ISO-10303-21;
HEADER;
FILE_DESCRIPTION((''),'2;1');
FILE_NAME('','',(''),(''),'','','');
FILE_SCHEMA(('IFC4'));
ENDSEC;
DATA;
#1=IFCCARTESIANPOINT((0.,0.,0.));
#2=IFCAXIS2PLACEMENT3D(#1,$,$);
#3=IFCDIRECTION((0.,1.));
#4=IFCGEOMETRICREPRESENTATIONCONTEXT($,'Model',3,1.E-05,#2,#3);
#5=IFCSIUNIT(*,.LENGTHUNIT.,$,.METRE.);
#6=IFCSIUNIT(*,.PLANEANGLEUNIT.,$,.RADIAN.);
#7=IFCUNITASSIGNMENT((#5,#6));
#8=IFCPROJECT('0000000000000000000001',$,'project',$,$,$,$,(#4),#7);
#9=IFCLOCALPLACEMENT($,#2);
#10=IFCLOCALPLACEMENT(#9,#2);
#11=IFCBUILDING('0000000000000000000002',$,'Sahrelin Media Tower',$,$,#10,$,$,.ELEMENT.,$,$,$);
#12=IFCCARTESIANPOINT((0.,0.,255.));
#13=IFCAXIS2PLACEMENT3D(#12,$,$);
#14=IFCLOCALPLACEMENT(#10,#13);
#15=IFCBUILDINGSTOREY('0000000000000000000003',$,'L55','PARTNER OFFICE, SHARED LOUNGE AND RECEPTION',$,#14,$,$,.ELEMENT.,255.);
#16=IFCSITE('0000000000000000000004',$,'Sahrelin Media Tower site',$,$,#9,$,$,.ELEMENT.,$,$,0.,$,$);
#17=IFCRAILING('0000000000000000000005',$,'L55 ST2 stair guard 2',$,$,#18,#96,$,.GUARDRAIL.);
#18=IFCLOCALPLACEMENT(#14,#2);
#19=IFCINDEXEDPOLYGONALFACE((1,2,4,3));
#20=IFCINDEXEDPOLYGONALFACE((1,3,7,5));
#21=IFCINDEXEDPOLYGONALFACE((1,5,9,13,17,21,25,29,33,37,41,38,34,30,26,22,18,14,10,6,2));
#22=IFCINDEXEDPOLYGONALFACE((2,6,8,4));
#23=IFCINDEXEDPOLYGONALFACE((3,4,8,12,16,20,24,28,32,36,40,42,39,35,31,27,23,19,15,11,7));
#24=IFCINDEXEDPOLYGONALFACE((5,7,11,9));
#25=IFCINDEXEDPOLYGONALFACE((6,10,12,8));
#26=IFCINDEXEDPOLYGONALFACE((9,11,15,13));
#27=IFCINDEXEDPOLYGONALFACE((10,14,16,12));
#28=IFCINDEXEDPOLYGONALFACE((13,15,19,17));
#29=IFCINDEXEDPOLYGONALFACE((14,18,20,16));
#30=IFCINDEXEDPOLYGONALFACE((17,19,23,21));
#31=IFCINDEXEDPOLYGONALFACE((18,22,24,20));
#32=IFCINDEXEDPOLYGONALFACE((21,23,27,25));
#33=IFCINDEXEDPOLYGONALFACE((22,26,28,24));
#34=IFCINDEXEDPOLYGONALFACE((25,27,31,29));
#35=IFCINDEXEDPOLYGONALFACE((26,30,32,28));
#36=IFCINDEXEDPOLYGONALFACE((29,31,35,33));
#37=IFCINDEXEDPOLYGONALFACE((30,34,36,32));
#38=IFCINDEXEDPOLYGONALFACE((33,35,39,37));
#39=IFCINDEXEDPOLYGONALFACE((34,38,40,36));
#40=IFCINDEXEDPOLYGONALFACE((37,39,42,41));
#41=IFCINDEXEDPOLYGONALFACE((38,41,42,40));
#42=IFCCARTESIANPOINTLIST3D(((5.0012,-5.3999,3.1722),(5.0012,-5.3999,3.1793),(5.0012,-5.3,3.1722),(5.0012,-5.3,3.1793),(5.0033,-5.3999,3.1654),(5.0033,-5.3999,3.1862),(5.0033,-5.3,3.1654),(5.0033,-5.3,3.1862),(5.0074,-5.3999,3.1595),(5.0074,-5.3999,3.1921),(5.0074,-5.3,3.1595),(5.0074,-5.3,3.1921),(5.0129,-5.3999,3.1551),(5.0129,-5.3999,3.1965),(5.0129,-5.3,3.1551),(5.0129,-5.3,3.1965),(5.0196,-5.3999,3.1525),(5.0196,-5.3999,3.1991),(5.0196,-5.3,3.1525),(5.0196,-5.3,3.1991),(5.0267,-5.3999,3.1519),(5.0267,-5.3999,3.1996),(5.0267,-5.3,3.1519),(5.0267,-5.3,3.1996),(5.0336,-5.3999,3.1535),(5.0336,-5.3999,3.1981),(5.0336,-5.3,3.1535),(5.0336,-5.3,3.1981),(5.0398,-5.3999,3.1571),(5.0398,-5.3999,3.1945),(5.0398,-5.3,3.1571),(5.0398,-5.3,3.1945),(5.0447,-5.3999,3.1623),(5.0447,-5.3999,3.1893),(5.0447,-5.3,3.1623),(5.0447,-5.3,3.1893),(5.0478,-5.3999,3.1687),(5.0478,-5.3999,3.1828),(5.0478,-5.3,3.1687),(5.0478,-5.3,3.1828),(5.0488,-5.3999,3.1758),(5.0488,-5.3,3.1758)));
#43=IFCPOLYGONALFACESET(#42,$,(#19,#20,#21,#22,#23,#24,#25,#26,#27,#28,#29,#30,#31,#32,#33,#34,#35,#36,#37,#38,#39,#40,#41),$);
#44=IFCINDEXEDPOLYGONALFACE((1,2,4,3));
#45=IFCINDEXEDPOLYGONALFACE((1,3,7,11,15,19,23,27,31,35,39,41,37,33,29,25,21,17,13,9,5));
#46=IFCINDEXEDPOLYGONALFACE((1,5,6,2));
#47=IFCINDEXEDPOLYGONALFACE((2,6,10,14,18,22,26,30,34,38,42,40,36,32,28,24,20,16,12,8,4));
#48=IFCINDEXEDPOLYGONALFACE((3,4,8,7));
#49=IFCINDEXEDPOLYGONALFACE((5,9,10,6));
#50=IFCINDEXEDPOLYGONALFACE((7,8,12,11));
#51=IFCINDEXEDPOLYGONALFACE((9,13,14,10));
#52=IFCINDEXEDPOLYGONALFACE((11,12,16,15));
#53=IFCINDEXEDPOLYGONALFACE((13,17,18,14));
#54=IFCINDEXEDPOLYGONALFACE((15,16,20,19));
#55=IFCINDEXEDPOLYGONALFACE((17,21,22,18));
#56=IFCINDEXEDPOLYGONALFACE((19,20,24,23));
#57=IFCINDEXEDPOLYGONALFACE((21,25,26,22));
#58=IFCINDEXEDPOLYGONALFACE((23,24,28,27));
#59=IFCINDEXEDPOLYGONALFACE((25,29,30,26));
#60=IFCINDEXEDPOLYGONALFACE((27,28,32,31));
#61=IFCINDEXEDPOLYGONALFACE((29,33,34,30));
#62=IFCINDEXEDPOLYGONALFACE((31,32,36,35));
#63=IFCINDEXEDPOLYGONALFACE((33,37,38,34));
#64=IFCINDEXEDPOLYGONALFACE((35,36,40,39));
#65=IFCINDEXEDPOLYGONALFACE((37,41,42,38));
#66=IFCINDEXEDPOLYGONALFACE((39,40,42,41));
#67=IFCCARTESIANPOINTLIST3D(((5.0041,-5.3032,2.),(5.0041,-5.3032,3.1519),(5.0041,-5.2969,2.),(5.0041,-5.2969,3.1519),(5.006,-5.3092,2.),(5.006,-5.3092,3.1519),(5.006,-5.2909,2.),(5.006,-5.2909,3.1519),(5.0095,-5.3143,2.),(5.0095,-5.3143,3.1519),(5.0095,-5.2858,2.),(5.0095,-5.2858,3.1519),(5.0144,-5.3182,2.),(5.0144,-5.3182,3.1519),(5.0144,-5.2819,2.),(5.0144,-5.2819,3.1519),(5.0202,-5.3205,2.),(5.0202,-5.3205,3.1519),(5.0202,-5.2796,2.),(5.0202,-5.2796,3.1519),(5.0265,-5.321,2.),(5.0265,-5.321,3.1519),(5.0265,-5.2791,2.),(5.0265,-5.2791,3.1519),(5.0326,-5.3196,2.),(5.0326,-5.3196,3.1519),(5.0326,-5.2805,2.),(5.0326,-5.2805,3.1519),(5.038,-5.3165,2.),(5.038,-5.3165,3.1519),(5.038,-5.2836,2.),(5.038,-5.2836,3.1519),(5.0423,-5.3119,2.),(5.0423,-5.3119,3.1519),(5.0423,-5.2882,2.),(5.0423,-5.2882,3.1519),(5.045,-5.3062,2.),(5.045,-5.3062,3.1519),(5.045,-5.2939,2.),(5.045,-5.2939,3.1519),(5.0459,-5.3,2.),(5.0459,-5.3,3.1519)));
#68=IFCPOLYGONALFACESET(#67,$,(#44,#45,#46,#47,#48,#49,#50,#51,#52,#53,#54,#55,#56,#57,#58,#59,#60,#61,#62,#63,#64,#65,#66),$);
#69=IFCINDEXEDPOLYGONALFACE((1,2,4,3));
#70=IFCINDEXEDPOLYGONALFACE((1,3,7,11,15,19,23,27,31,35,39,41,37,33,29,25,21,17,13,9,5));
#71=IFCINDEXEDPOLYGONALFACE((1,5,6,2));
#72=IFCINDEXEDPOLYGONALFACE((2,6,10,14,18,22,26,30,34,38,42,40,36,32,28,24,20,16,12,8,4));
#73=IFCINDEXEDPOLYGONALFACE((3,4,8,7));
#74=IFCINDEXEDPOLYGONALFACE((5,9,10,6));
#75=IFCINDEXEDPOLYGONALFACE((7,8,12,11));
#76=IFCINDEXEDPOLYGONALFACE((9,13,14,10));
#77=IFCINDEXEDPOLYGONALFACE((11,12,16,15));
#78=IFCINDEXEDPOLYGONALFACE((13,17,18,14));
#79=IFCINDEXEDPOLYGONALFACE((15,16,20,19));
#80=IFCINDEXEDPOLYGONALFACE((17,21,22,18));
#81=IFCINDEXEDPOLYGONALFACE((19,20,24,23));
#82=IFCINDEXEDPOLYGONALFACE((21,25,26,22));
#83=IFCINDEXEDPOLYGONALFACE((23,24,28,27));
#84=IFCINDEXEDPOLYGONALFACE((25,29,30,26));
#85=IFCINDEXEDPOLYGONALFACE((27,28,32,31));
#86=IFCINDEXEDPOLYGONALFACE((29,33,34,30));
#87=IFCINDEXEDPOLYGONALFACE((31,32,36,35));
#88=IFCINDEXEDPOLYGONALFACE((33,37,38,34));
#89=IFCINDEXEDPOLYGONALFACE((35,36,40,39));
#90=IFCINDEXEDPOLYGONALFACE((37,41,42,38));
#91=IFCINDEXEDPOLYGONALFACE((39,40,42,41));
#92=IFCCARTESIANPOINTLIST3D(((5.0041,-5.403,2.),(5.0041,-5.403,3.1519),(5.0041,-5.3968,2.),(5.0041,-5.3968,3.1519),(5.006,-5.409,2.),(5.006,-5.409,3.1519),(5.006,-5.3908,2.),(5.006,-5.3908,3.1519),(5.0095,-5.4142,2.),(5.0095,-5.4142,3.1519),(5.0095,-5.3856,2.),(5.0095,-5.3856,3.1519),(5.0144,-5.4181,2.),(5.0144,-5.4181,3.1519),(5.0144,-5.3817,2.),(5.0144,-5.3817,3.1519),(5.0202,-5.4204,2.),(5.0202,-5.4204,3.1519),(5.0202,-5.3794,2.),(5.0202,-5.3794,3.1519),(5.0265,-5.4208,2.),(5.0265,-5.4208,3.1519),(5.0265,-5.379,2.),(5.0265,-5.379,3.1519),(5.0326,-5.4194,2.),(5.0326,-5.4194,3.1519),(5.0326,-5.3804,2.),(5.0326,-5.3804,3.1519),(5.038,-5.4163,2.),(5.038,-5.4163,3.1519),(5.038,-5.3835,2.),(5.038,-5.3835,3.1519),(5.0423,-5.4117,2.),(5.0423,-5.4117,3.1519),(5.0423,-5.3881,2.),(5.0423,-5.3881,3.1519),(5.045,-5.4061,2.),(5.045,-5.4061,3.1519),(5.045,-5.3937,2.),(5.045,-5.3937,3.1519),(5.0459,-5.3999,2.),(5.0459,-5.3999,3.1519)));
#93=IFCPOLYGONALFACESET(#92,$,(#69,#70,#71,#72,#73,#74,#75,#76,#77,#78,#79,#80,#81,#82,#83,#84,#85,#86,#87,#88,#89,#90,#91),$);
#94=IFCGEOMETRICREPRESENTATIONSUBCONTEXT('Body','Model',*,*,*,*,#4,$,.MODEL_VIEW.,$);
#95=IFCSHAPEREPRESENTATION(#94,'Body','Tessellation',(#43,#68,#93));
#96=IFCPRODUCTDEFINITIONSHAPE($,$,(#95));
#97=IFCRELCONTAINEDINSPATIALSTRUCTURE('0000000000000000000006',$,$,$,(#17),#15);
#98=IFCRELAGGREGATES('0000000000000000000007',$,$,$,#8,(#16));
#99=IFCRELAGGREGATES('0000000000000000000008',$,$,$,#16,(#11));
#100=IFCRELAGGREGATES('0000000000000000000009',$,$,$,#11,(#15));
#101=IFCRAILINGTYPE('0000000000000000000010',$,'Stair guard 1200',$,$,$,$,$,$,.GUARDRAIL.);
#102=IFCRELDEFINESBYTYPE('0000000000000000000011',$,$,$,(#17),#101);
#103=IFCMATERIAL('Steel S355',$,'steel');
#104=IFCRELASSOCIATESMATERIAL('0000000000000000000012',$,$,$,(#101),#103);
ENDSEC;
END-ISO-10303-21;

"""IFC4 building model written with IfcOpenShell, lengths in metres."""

from ifc_helpers import new_model, si_unit, direction, frame, origin, origin_2d, place, context, subcontext, project, spatial, circle, extrude, material, type_object, element, save


model = new_model("IFC4")

# Units and contexts
model_context = context("Model", 3, precision=1e-05, world=origin(), true_north=direction((0.0, 1.0)))
body_context = subcontext(model_context, "Body", "Model", "MODEL_VIEW")
ifc_project = project(units=[si_unit("LENGTHUNIT", "METRE"), si_unit("PLANEANGLEUNIT", "RADIAN")], contexts=[model_context])

# Site, building, storey
site_placement = place(None, origin())
site = spatial("IfcSite", under=ifc_project, at=site_placement, Name="Sahrelin Media Tower site", CompositionType="ELEMENT", RefElevation=0.0)
building_placement = place(site_placement, origin())
building = spatial("IfcBuilding", under=site, at=building_placement, Name="Sahrelin Media Tower", CompositionType="ELEMENT")
storey_placement = place(building_placement, frame((0.0, 0.0, 255.0)))
storey = spatial("IfcBuildingStorey", under=building, at=storey_placement, Name="L55", Description="PARTNER OFFICE, SHARED LOUNGE AND RECEPTION", CompositionType="ELEMENT", Elevation=255.0)

# Shared definitions
ifc_material_1 = material(Name="Steel S355", Category="steel")

# Railing
railing_type_1 = type_object("IfcRailingType", Name="Stair guard 1200", PredefinedType="GUARDRAIL", material=ifc_material_1)
railing_1_placement = place(storey_placement, frame((5.0249, -5.3, 2.0)))
element("IfcRailing", 1, at=railing_1_placement, inside=storey, type_object=railing_type_1, Name="L55 ST2 stair guard 2", PredefinedType="GUARDRAIL", context=body_context, shape_type="SweptSolid", body=[
    extrude(circle(Radius=0.0239, at=origin_2d()), frame((0.0, 0.0, 1.1758), z_axis=(0.0, -1.0, 0.0), x_axis=(1.0, 0.0, 0.0)), (0.0, 0.0, 1.0), 0.0999),
    extrude(circle(Radius=0.021, at=origin_2d()), origin(), (0.0, 0.0, 1.0), 1.1519),
    extrude(circle(Radius=0.021, at=origin_2d()), frame((0.0, -0.0999, 0.0)), (0.0, 0.0, 1.0), 1.1519),
])

save(model, "model.ifc")
